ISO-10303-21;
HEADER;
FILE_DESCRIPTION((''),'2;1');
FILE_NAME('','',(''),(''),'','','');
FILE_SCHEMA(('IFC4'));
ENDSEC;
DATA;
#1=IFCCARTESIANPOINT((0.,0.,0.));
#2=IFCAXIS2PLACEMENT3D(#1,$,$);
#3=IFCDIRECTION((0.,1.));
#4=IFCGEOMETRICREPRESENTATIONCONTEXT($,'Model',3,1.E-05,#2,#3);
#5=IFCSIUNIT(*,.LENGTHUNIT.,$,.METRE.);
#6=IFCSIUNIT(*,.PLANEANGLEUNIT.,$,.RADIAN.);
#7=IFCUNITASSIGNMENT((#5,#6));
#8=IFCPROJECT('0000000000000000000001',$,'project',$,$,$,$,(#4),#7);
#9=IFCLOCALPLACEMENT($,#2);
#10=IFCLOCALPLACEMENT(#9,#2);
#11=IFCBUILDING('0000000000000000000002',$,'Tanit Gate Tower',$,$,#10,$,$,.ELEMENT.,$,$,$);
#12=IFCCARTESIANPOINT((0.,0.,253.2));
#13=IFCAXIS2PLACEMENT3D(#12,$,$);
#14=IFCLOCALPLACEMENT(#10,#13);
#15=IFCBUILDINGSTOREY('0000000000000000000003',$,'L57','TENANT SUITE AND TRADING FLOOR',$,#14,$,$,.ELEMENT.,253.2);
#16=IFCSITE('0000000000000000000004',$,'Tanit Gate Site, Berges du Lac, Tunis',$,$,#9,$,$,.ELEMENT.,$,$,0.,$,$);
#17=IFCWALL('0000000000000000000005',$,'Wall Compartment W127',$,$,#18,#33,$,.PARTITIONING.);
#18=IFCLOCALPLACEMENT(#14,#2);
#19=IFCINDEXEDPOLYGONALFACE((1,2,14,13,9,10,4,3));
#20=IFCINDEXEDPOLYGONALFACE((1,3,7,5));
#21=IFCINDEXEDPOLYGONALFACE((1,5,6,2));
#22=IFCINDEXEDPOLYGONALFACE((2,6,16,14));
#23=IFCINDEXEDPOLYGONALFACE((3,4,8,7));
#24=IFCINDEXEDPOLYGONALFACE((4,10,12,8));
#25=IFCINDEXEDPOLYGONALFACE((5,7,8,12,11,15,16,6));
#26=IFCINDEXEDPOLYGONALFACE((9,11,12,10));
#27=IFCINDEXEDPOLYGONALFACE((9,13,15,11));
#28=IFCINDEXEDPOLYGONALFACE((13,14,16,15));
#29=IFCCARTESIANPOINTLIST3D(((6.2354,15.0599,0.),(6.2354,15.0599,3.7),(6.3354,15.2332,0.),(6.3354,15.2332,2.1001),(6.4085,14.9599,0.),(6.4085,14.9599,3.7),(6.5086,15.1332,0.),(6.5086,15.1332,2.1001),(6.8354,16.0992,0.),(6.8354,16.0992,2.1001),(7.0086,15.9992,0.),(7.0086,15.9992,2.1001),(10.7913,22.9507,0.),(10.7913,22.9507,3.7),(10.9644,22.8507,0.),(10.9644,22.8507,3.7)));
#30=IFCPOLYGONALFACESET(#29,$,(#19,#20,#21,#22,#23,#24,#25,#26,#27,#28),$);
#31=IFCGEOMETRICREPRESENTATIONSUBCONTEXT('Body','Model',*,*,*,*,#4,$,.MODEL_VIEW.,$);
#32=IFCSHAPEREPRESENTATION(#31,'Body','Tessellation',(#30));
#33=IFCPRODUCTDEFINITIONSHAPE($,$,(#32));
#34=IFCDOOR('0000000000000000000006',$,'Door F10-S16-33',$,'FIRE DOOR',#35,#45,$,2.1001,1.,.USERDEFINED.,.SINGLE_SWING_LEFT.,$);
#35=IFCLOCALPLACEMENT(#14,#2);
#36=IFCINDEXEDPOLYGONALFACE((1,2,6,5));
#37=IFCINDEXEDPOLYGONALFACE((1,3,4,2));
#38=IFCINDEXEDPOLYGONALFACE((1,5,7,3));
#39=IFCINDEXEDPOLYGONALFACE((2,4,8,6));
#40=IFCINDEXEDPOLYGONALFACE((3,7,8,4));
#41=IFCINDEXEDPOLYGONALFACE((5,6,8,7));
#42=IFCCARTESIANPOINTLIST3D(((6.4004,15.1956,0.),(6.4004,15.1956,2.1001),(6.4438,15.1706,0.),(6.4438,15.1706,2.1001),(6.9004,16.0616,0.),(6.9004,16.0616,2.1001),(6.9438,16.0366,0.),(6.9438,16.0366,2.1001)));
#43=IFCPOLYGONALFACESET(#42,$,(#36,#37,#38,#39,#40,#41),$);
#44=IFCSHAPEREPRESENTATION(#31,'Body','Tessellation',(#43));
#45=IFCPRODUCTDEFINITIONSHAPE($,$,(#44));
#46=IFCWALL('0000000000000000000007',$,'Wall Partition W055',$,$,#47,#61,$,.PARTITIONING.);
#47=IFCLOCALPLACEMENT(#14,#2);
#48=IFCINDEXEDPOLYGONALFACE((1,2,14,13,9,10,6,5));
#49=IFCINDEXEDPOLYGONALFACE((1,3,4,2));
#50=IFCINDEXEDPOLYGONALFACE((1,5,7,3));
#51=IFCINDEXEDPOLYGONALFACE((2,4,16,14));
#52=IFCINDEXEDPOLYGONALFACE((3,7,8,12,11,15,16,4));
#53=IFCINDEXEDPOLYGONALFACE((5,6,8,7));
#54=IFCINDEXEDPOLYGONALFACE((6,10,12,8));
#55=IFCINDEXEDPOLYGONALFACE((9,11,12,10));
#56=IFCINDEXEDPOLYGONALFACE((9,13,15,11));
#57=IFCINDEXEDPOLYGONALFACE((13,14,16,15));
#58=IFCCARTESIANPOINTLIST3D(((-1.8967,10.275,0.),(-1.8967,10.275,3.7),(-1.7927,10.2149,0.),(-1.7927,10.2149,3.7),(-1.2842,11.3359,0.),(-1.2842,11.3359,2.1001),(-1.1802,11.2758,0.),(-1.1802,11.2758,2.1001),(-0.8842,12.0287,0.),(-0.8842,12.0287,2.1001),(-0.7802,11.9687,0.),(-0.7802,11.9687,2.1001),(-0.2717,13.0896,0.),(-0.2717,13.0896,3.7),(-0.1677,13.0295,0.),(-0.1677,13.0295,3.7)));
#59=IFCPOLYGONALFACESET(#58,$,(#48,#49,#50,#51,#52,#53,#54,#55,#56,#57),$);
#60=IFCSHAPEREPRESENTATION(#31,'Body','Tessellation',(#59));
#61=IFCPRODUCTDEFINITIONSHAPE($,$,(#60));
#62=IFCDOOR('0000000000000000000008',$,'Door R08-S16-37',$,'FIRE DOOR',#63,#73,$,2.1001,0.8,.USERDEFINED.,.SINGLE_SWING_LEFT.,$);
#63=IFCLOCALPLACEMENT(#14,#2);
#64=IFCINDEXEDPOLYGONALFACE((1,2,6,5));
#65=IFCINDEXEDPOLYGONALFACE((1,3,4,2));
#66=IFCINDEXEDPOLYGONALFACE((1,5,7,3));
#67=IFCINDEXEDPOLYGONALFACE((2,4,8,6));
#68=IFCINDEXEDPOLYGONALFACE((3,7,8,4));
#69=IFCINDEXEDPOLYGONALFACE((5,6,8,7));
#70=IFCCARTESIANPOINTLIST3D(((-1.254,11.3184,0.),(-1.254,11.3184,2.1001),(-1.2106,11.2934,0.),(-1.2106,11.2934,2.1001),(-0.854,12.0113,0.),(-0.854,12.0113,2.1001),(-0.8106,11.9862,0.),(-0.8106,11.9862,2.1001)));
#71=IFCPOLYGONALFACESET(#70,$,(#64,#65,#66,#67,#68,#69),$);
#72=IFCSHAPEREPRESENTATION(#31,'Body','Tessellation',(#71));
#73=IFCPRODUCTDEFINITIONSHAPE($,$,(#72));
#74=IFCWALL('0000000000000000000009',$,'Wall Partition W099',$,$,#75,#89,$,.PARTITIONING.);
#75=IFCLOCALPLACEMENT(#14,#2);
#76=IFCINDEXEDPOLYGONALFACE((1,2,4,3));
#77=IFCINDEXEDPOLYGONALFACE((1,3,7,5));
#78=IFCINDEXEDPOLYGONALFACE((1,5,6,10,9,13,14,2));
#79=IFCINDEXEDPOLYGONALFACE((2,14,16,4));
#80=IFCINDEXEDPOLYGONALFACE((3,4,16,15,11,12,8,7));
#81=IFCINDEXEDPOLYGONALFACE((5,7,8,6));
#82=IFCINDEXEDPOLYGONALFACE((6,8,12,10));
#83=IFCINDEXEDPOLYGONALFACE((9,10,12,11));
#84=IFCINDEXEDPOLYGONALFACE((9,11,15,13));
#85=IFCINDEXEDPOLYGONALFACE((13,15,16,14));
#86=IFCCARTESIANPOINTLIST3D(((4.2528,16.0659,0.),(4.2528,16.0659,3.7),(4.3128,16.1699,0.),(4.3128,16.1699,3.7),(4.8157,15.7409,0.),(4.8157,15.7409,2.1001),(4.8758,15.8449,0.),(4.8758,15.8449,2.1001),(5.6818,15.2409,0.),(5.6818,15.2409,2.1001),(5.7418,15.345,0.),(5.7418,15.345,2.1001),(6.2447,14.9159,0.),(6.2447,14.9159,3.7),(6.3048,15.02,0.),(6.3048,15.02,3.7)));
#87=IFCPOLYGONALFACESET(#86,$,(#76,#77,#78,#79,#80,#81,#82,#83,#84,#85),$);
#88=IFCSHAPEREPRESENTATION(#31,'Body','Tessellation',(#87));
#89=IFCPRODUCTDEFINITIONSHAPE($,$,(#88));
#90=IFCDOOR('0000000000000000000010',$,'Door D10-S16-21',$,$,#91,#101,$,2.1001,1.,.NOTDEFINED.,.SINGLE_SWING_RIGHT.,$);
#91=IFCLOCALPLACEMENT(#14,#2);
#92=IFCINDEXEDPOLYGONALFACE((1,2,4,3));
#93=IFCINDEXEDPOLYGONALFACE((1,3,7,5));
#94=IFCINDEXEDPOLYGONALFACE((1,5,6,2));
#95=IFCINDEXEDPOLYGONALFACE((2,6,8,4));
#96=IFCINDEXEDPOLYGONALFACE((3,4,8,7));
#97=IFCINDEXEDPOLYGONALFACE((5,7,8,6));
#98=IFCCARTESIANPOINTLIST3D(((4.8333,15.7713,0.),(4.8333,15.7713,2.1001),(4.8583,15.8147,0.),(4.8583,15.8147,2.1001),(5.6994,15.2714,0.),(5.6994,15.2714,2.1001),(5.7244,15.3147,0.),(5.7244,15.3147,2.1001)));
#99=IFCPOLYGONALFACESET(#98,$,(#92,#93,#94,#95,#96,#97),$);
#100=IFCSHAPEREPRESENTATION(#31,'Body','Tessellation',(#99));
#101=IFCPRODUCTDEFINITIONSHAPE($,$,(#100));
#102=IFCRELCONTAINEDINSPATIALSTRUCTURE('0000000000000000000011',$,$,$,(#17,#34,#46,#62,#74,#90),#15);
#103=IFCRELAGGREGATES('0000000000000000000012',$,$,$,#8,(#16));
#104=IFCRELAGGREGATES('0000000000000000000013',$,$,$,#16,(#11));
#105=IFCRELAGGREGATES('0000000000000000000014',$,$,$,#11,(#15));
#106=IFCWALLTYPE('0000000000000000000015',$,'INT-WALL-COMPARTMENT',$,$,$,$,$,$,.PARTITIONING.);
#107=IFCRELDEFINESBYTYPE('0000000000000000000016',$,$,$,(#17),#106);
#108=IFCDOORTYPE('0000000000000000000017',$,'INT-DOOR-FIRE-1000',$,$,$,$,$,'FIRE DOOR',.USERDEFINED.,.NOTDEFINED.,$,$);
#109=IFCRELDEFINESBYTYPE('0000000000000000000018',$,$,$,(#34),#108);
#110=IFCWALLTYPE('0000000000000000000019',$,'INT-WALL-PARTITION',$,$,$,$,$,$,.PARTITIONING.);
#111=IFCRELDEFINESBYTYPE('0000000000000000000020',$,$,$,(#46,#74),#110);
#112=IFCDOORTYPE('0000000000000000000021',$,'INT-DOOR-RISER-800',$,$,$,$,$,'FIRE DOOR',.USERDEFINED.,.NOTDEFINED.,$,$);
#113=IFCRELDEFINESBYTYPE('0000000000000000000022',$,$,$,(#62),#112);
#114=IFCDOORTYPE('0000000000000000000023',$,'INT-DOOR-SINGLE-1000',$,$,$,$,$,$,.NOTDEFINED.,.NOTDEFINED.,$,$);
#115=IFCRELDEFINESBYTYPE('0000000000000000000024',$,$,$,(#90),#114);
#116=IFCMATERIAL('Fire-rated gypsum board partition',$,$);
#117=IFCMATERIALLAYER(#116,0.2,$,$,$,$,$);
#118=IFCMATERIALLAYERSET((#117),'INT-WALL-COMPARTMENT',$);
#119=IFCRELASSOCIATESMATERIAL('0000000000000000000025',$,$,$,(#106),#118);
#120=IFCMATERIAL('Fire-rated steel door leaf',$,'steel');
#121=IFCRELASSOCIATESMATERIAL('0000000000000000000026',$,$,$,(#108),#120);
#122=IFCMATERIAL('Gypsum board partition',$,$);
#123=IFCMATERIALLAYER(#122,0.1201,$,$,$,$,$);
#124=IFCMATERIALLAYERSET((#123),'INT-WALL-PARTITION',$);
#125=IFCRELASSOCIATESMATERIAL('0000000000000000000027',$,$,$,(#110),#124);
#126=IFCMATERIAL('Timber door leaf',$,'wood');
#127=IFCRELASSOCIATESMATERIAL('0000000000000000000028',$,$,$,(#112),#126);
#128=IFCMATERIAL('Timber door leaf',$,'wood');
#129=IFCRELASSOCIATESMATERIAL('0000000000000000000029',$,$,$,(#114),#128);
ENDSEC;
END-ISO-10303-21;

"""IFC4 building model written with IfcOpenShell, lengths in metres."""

from ifc_helpers import new_model, si_unit, direction, frame, frame_2d, origin, place, context, subcontext, project, spatial, rectangle, extrude, material, layer, layer_set, type_object, element, fill, save


model = new_model("IFC4")

# Units and contexts
model_context = context("Model", 3, precision=1e-05, world=origin(), true_north=direction((0.0, 1.0)))
body_context = subcontext(model_context, "Body", "Model", "MODEL_VIEW")
ifc_project = project(units=[si_unit("LENGTHUNIT", "METRE"), si_unit("PLANEANGLEUNIT", "RADIAN")], contexts=[model_context])

# Site, building, storey
site_placement = place(None, origin())
site = spatial("IfcSite", under=ifc_project, at=site_placement, Name="Tanit Gate Site, Berges du Lac, Tunis", CompositionType="ELEMENT", RefElevation=0.0)
building_placement = place(site_placement, origin())
building = spatial("IfcBuilding", under=site, at=building_placement, Name="Tanit Gate Tower", CompositionType="ELEMENT")
storey_placement = place(building_placement, frame((0.0, 0.0, 253.2)))
storey = spatial("IfcBuildingStorey", under=building, at=storey_placement, Name="L57", Description="TENANT SUITE AND TRADING FLOOR", CompositionType="ELEMENT", Elevation=253.2)

# Shared definitions
ifc_material_1 = material(Name="Fire-rated gypsum board partition")
ifc_layer_1 = layer(ifc_material_1, 0.2)
ifc_layer_set_1 = layer_set([ifc_layer_1], Name="INT-WALL-COMPARTMENT")
wall_type_1 = type_object("IfcWallType", Name="INT-WALL-COMPARTMENT", PredefinedType="PARTITIONING", material=ifc_layer_set_1)

# Walls, openings, doors
ifc_material_2 = material(Name="Fire-rated steel door leaf", Category="steel")
door_type_1 = type_object("IfcDoorType", Name="INT-DOOR-FIRE-1000", ElementType="FIRE DOOR", OperationType="NOTDEFINED", PredefinedType="USERDEFINED", material=ifc_material_2)
wall_1_placement = place(storey_placement, frame((6.322, 15.01, 0.0), z_axis=(0.0, 0.0, 1.0), x_axis=(0.500009, 0.86602, 0.0)))
wall_1 = element("IfcWall", 1, at=wall_1_placement, inside=storey, type_object=wall_type_1, Name="Wall Compartment W127", PredefinedType="PARTITIONING", context=body_context, shape_type="SweptSolid", body=[
    extrude(rectangle(XDim=9.1116, YDim=0.2, at=frame_2d((4.5557, 0.0))), origin(), (0.0, 0.0, 1.0), 3.7),
])
opening_1_placement = place(wall_1_placement, frame((0.2, 0.0, 0.0)))
opening_1 = element("IfcOpeningElement", 2, at=opening_1_placement, cuts=wall_1, PredefinedType="OPENING", context=body_context, shape_type="SweptSolid", body=[
    extrude(rectangle(XDim=1.0, YDim=2.1001, at=frame_2d((0.5, 1.05))), frame((0.0, 0.1099, 0.0), z_axis=(0.0, -1.0, 0.0), x_axis=(1.0, 0.0, 0.0)), (0.0, 0.0, 1.0), 0.22),
])
door_1_placement = place(opening_1_placement, origin())
door_1 = element("IfcDoor", 3, at=door_1_placement, inside=storey, type_object=door_type_1, Name="Door F10-S16-33", ObjectType="FIRE DOOR", OperationType="SINGLE_SWING_LEFT", OverallHeight=2.1001, OverallWidth=1.0, PredefinedType="USERDEFINED", context=body_context, shape_type="SweptSolid", body=[
    extrude(rectangle(XDim=1.0, YDim=2.1001, at=frame_2d((0.5, 1.05))), frame((0.0, 0.0249, 0.0), z_axis=(0.0, -1.0, 0.0), x_axis=(1.0, 0.0, 0.0)), (0.0, 0.0, 1.0), 0.05),
])
fill(opening_1, door_1)
ifc_material_3 = material(Name="Gypsum board partition")
ifc_layer_2 = layer(ifc_material_3, 0.1201)
ifc_layer_set_2 = layer_set([ifc_layer_2], Name="INT-WALL-PARTITION")
wall_type_2 = type_object("IfcWallType", Name="INT-WALL-PARTITION", PredefinedType="PARTITIONING", material=ifc_layer_set_2)
wall_2_placement = place(storey_placement, frame((-0.2197, 13.0596, 0.0), z_axis=(0.0, 0.0, 1.0), x_axis=(-0.499985, -0.866034, 0.0)))
wall_2 = element("IfcWall", 4, at=wall_2_placement, inside=storey, type_object=wall_type_2, Name="Wall Partition W055", PredefinedType="PARTITIONING", context=body_context, shape_type="SweptSolid", body=[
    extrude(rectangle(XDim=3.25, YDim=0.1201, at=frame_2d((1.625, 0.0))), origin(), (0.0, 0.0, 1.0), 3.7),
])
opening_2_placement = place(wall_2_placement, frame((1.2251, 0.0, 0.0)))
opening_2 = element("IfcOpeningElement", 5, at=opening_2_placement, cuts=wall_2, PredefinedType="OPENING", context=body_context, shape_type="SweptSolid", body=[
    extrude(rectangle(XDim=0.8, YDim=2.1001, at=frame_2d((0.3999, 1.05))), frame((0.0, 0.0701, 0.0), z_axis=(0.0, -1.0, 0.0), x_axis=(1.0, 0.0, 0.0)), (0.0, 0.0, 1.0), 0.1401),
])
ifc_material_4 = material(Name="Timber door leaf", Category="wood")
door_type_2 = type_object("IfcDoorType", Name="INT-DOOR-RISER-800", ElementType="FIRE DOOR", OperationType="NOTDEFINED", PredefinedType="USERDEFINED", material=ifc_material_4)
door_2_placement = place(opening_2_placement, origin())
door_2 = element("IfcDoor", 6, at=door_2_placement, inside=storey, type_object=door_type_2, Name="Door R08-S16-37", ObjectType="FIRE DOOR", OperationType="SINGLE_SWING_LEFT", OverallHeight=2.1001, OverallWidth=0.8, PredefinedType="USERDEFINED", context=body_context, shape_type="SweptSolid", body=[
    extrude(rectangle(XDim=0.8, YDim=2.1001, at=frame_2d((0.3999, 1.05))), frame((0.0, 0.0249, 0.0), z_axis=(0.0, -1.0, 0.0), x_axis=(1.0, 0.0, 0.0)), (0.0, 0.0, 1.0), 0.05),
])
fill(opening_2, door_2)
wall_3_placement = place(storey_placement, frame((6.2747, 14.968, 0.0), z_axis=(0.0, 0.0, 1.0), x_axis=(-0.866053, 0.499952, 0.0)))
wall_3 = element("IfcWall", 7, at=wall_3_placement, inside=storey, type_object=wall_type_2, Name="Wall Partition W099", PredefinedType="PARTITIONING", context=body_context, shape_type="SweptSolid", body=[
    extrude(rectangle(XDim=2.3, YDim=0.1201, at=frame_2d((1.1499, 0.0))), origin(), (0.0, 0.0, 1.0), 3.7),
])
opening_3_placement = place(wall_3_placement, frame((0.6499, 0.0, 0.0)))
opening_3 = element("IfcOpeningElement", 8, at=opening_3_placement, cuts=wall_3, PredefinedType="OPENING", context=body_context, shape_type="SweptSolid", body=[
    extrude(rectangle(XDim=1.0, YDim=2.1001, at=frame_2d((0.5, 1.05))), frame((0.0, 0.0701, 0.0), z_axis=(0.0, -1.0, 0.0), x_axis=(1.0, 0.0, 0.0)), (0.0, 0.0, 1.0), 0.1401),
])
ifc_material_5 = material(Name="Timber door leaf", Category="wood")
door_type_3 = type_object("IfcDoorType", Name="INT-DOOR-SINGLE-1000", OperationType="NOTDEFINED", PredefinedType="NOTDEFINED", material=ifc_material_5)
door_3_placement = place(opening_3_placement, origin())
door_3 = element("IfcDoor", 9, at=door_3_placement, inside=storey, type_object=door_type_3, Name="Door D10-S16-21", OperationType="SINGLE_SWING_RIGHT", OverallHeight=2.1001, OverallWidth=1.0, PredefinedType="NOTDEFINED", context=body_context, shape_type="SweptSolid", body=[
    extrude(rectangle(XDim=1.0, YDim=2.1001, at=frame_2d((0.5, 1.05))), frame((0.0, 0.0249, 0.0), z_axis=(0.0, -1.0, 0.0), x_axis=(1.0, 0.0, 0.0)), (0.0, 0.0, 1.0), 0.05),
])
fill(opening_3, door_3)

save(model, "model.ifc")
